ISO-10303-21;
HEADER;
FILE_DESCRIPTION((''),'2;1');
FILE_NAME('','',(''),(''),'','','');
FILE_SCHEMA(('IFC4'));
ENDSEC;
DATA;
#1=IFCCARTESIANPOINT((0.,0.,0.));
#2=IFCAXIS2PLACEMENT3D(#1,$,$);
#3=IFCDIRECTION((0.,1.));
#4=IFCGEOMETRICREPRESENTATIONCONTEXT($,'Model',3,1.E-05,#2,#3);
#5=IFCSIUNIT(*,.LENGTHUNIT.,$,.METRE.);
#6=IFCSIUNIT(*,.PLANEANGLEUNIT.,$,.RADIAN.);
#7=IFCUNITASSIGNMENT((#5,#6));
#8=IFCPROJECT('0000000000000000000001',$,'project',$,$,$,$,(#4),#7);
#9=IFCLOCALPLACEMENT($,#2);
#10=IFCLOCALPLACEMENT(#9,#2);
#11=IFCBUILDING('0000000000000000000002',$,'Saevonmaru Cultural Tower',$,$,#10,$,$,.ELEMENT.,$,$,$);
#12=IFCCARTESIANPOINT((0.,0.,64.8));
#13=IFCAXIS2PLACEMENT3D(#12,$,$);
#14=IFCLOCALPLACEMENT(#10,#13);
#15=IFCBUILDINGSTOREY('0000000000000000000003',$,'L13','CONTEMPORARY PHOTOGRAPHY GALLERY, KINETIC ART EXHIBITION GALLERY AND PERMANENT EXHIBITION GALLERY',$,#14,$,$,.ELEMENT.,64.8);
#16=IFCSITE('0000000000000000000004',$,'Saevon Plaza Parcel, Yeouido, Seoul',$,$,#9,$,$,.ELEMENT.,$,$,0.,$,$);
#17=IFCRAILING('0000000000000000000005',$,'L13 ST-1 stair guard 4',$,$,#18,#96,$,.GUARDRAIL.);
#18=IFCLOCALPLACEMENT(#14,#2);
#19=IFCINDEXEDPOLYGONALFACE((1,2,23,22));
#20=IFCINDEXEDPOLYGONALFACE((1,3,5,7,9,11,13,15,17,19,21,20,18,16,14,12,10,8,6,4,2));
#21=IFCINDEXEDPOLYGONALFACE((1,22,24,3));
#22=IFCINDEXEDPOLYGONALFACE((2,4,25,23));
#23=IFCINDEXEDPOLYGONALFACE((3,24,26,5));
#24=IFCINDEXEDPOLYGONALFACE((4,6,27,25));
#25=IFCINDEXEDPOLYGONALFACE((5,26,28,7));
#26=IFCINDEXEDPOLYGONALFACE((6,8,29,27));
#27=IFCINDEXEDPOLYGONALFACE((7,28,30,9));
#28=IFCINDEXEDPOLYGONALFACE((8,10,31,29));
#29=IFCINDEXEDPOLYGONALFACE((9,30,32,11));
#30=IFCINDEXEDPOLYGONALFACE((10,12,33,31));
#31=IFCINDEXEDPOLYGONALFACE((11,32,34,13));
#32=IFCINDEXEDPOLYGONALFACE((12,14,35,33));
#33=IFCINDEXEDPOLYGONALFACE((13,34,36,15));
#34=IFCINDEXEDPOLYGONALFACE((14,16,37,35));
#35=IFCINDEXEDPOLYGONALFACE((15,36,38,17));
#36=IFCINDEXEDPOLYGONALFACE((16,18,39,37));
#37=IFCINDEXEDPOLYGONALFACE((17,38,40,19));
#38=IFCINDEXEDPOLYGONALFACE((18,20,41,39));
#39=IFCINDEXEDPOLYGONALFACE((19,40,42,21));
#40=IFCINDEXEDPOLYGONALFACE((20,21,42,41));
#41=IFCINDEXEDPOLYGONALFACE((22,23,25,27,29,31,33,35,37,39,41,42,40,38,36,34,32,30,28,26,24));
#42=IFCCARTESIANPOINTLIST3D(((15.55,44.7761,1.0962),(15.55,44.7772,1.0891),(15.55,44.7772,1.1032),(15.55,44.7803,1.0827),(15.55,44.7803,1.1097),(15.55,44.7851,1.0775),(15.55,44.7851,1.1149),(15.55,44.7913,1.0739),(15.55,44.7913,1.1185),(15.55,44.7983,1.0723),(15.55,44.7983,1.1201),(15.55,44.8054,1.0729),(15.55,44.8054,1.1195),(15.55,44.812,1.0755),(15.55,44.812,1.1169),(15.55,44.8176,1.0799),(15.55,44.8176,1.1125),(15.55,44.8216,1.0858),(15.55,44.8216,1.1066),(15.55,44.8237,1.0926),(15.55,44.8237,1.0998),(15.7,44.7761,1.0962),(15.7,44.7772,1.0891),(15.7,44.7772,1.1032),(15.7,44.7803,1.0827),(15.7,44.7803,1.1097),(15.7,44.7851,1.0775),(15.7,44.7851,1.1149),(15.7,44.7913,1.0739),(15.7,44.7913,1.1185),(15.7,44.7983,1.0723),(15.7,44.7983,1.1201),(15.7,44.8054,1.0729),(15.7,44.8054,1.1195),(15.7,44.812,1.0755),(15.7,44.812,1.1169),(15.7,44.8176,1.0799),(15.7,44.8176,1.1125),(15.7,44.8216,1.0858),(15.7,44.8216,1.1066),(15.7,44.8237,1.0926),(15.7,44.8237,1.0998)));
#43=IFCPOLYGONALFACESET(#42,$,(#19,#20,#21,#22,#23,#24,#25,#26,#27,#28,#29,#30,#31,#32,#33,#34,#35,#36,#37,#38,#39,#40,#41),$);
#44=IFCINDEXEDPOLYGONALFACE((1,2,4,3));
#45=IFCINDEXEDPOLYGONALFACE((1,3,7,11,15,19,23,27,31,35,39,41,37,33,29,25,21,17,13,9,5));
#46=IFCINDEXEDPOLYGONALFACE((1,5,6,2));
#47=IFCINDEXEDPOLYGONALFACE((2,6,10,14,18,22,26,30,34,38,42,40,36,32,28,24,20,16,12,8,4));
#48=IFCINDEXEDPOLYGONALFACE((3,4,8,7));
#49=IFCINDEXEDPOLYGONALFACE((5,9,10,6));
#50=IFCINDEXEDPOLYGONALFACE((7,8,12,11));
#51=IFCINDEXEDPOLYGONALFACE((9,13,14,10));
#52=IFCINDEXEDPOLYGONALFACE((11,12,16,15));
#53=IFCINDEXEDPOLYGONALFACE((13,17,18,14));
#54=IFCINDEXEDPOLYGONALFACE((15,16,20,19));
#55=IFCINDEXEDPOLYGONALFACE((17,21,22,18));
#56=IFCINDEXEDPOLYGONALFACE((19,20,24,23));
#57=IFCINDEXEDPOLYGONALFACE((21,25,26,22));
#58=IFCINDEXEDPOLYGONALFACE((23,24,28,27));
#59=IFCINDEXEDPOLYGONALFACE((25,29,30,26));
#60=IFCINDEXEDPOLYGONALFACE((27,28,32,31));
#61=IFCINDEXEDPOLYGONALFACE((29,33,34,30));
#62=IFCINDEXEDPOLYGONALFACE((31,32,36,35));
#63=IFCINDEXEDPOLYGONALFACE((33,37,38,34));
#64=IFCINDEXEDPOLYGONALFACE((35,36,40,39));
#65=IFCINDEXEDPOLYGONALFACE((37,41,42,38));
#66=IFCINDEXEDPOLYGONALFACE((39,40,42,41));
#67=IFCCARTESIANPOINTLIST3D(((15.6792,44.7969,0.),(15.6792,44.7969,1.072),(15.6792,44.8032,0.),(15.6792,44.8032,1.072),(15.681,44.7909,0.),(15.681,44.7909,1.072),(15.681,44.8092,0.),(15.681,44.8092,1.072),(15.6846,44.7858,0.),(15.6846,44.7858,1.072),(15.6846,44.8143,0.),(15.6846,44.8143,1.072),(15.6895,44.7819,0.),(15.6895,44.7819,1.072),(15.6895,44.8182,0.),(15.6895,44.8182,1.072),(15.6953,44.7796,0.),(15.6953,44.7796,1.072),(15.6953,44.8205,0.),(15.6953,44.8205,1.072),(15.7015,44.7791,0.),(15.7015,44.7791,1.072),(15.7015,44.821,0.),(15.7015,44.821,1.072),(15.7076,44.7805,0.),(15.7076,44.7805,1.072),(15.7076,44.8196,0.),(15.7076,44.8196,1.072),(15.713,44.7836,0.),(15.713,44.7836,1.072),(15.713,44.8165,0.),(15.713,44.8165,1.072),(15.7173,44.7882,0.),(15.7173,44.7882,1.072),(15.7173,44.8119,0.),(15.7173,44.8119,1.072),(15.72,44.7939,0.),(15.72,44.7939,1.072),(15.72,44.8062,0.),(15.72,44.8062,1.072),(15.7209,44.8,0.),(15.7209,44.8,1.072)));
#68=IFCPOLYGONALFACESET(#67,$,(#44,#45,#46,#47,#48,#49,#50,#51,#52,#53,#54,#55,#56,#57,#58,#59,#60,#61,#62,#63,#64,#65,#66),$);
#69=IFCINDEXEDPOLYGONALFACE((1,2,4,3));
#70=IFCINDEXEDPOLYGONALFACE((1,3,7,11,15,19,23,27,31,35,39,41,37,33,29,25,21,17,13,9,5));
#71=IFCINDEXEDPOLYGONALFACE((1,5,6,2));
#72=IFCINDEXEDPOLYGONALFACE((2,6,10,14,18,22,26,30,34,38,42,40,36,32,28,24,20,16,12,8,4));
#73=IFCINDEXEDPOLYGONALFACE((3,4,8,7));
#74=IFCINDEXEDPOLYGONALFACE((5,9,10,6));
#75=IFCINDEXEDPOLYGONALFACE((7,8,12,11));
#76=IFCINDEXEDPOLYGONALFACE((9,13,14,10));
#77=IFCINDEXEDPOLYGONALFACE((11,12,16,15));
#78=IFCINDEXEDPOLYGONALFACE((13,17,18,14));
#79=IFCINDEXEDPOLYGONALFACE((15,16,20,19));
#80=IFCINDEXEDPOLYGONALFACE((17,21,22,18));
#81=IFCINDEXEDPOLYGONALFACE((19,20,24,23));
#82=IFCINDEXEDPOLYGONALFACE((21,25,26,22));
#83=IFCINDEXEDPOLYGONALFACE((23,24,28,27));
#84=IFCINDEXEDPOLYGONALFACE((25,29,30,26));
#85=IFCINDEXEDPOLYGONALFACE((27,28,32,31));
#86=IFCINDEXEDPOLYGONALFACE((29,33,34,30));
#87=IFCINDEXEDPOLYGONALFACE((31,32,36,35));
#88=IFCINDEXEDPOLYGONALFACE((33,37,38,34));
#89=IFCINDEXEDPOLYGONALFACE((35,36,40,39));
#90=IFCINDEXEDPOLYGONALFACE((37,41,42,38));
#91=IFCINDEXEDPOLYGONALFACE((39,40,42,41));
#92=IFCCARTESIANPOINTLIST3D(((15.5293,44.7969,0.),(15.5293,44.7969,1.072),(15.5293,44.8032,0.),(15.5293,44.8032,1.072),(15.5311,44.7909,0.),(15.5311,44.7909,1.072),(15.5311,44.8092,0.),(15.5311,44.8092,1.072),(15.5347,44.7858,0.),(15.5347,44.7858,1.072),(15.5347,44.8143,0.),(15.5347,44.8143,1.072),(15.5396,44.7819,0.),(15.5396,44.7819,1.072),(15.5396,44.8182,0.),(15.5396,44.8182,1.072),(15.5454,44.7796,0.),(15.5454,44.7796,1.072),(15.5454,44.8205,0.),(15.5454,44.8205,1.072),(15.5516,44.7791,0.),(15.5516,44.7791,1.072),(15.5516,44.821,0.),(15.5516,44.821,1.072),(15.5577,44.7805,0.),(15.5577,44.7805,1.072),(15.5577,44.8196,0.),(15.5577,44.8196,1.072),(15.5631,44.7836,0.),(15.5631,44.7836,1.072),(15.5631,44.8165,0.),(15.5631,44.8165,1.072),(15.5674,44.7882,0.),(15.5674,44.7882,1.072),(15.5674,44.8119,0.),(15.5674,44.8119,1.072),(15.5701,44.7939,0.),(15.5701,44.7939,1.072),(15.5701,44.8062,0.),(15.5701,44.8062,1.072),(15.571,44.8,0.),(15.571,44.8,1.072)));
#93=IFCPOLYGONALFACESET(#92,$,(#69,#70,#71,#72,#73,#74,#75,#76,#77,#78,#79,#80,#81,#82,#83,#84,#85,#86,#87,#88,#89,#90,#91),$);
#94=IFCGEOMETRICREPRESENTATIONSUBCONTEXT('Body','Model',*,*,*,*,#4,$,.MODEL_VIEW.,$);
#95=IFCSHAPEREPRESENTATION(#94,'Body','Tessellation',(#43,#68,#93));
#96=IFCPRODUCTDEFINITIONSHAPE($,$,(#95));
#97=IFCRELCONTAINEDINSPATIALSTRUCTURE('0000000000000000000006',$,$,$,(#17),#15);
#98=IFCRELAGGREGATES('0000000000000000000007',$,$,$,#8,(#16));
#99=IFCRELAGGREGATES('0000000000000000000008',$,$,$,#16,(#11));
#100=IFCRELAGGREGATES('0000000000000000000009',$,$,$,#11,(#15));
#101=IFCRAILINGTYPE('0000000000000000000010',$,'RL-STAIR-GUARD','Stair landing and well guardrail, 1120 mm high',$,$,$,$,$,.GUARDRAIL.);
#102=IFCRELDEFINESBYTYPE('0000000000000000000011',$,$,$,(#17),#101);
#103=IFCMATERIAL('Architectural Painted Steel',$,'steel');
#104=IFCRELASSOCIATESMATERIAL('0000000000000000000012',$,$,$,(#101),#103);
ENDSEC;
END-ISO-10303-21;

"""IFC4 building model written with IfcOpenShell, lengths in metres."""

from ifc_helpers import new_model, si_unit, direction, frame, origin, origin_2d, place, context, subcontext, project, spatial, circle, extrude, material, type_object, element, save


model = new_model("IFC4")

# Units and contexts
model_context = context("Model", 3, precision=1e-05, world=origin(), true_north=direction((0.0, 1.0)))
body_context = subcontext(model_context, "Body", "Model", "MODEL_VIEW")
ifc_project = project(units=[si_unit("LENGTHUNIT", "METRE"), si_unit("PLANEANGLEUNIT", "RADIAN")], contexts=[model_context])

# Site, building, storey
site_placement = place(None, origin())
site = spatial("IfcSite", under=ifc_project, at=site_placement, Name="Saevon Plaza Parcel, Yeouido, Seoul", CompositionType="ELEMENT", RefElevation=0.0)
building_placement = place(site_placement, origin())
building = spatial("IfcBuilding", under=site, at=building_placement, Name="Saevonmaru Cultural Tower", CompositionType="ELEMENT")
storey_placement = place(building_placement, frame((0.0, 0.0, 64.8)))
storey = spatial("IfcBuildingStorey", under=building, at=storey_placement, Name="L13", Description="CONTEMPORARY PHOTOGRAPHY GALLERY, KINETIC ART EXHIBITION GALLERY AND PERMANENT EXHIBITION GALLERY", CompositionType="ELEMENT", Elevation=64.8)

# Railing
ifc_material_1 = material(Name="Architectural Painted Steel", Category="steel")
railing_type_1 = type_object("IfcRailingType", Name="RL-STAIR-GUARD", Description="Stair landing and well guardrail, 1120 mm high", PredefinedType="GUARDRAIL", material=ifc_material_1)
railing_1_placement = place(storey_placement, frame((15.7, 44.8, 0.0)))
element("IfcRailing", 1, at=railing_1_placement, inside=storey, type_object=railing_type_1, Name="L13 ST-1 stair guard 4", PredefinedType="GUARDRAIL", context=body_context, shape_type="SweptSolid", body=[
    extrude(circle(Radius=0.0239, at=origin_2d()), frame((0.0, 0.0, 1.0962), z_axis=(-1.0, 0.0, 0.0), x_axis=(0.0, -1.0, 0.0)), (0.0, 0.0, 1.0), 0.1499),
    extrude(circle(Radius=0.021, at=origin_2d()), origin(), (0.0, 0.0, 1.0), 1.072),
    extrude(circle(Radius=0.021, at=origin_2d()), frame((-0.1499, 0.0, 0.0)), (0.0, 0.0, 1.0), 1.072),
])

save(model, "model.ifc")
